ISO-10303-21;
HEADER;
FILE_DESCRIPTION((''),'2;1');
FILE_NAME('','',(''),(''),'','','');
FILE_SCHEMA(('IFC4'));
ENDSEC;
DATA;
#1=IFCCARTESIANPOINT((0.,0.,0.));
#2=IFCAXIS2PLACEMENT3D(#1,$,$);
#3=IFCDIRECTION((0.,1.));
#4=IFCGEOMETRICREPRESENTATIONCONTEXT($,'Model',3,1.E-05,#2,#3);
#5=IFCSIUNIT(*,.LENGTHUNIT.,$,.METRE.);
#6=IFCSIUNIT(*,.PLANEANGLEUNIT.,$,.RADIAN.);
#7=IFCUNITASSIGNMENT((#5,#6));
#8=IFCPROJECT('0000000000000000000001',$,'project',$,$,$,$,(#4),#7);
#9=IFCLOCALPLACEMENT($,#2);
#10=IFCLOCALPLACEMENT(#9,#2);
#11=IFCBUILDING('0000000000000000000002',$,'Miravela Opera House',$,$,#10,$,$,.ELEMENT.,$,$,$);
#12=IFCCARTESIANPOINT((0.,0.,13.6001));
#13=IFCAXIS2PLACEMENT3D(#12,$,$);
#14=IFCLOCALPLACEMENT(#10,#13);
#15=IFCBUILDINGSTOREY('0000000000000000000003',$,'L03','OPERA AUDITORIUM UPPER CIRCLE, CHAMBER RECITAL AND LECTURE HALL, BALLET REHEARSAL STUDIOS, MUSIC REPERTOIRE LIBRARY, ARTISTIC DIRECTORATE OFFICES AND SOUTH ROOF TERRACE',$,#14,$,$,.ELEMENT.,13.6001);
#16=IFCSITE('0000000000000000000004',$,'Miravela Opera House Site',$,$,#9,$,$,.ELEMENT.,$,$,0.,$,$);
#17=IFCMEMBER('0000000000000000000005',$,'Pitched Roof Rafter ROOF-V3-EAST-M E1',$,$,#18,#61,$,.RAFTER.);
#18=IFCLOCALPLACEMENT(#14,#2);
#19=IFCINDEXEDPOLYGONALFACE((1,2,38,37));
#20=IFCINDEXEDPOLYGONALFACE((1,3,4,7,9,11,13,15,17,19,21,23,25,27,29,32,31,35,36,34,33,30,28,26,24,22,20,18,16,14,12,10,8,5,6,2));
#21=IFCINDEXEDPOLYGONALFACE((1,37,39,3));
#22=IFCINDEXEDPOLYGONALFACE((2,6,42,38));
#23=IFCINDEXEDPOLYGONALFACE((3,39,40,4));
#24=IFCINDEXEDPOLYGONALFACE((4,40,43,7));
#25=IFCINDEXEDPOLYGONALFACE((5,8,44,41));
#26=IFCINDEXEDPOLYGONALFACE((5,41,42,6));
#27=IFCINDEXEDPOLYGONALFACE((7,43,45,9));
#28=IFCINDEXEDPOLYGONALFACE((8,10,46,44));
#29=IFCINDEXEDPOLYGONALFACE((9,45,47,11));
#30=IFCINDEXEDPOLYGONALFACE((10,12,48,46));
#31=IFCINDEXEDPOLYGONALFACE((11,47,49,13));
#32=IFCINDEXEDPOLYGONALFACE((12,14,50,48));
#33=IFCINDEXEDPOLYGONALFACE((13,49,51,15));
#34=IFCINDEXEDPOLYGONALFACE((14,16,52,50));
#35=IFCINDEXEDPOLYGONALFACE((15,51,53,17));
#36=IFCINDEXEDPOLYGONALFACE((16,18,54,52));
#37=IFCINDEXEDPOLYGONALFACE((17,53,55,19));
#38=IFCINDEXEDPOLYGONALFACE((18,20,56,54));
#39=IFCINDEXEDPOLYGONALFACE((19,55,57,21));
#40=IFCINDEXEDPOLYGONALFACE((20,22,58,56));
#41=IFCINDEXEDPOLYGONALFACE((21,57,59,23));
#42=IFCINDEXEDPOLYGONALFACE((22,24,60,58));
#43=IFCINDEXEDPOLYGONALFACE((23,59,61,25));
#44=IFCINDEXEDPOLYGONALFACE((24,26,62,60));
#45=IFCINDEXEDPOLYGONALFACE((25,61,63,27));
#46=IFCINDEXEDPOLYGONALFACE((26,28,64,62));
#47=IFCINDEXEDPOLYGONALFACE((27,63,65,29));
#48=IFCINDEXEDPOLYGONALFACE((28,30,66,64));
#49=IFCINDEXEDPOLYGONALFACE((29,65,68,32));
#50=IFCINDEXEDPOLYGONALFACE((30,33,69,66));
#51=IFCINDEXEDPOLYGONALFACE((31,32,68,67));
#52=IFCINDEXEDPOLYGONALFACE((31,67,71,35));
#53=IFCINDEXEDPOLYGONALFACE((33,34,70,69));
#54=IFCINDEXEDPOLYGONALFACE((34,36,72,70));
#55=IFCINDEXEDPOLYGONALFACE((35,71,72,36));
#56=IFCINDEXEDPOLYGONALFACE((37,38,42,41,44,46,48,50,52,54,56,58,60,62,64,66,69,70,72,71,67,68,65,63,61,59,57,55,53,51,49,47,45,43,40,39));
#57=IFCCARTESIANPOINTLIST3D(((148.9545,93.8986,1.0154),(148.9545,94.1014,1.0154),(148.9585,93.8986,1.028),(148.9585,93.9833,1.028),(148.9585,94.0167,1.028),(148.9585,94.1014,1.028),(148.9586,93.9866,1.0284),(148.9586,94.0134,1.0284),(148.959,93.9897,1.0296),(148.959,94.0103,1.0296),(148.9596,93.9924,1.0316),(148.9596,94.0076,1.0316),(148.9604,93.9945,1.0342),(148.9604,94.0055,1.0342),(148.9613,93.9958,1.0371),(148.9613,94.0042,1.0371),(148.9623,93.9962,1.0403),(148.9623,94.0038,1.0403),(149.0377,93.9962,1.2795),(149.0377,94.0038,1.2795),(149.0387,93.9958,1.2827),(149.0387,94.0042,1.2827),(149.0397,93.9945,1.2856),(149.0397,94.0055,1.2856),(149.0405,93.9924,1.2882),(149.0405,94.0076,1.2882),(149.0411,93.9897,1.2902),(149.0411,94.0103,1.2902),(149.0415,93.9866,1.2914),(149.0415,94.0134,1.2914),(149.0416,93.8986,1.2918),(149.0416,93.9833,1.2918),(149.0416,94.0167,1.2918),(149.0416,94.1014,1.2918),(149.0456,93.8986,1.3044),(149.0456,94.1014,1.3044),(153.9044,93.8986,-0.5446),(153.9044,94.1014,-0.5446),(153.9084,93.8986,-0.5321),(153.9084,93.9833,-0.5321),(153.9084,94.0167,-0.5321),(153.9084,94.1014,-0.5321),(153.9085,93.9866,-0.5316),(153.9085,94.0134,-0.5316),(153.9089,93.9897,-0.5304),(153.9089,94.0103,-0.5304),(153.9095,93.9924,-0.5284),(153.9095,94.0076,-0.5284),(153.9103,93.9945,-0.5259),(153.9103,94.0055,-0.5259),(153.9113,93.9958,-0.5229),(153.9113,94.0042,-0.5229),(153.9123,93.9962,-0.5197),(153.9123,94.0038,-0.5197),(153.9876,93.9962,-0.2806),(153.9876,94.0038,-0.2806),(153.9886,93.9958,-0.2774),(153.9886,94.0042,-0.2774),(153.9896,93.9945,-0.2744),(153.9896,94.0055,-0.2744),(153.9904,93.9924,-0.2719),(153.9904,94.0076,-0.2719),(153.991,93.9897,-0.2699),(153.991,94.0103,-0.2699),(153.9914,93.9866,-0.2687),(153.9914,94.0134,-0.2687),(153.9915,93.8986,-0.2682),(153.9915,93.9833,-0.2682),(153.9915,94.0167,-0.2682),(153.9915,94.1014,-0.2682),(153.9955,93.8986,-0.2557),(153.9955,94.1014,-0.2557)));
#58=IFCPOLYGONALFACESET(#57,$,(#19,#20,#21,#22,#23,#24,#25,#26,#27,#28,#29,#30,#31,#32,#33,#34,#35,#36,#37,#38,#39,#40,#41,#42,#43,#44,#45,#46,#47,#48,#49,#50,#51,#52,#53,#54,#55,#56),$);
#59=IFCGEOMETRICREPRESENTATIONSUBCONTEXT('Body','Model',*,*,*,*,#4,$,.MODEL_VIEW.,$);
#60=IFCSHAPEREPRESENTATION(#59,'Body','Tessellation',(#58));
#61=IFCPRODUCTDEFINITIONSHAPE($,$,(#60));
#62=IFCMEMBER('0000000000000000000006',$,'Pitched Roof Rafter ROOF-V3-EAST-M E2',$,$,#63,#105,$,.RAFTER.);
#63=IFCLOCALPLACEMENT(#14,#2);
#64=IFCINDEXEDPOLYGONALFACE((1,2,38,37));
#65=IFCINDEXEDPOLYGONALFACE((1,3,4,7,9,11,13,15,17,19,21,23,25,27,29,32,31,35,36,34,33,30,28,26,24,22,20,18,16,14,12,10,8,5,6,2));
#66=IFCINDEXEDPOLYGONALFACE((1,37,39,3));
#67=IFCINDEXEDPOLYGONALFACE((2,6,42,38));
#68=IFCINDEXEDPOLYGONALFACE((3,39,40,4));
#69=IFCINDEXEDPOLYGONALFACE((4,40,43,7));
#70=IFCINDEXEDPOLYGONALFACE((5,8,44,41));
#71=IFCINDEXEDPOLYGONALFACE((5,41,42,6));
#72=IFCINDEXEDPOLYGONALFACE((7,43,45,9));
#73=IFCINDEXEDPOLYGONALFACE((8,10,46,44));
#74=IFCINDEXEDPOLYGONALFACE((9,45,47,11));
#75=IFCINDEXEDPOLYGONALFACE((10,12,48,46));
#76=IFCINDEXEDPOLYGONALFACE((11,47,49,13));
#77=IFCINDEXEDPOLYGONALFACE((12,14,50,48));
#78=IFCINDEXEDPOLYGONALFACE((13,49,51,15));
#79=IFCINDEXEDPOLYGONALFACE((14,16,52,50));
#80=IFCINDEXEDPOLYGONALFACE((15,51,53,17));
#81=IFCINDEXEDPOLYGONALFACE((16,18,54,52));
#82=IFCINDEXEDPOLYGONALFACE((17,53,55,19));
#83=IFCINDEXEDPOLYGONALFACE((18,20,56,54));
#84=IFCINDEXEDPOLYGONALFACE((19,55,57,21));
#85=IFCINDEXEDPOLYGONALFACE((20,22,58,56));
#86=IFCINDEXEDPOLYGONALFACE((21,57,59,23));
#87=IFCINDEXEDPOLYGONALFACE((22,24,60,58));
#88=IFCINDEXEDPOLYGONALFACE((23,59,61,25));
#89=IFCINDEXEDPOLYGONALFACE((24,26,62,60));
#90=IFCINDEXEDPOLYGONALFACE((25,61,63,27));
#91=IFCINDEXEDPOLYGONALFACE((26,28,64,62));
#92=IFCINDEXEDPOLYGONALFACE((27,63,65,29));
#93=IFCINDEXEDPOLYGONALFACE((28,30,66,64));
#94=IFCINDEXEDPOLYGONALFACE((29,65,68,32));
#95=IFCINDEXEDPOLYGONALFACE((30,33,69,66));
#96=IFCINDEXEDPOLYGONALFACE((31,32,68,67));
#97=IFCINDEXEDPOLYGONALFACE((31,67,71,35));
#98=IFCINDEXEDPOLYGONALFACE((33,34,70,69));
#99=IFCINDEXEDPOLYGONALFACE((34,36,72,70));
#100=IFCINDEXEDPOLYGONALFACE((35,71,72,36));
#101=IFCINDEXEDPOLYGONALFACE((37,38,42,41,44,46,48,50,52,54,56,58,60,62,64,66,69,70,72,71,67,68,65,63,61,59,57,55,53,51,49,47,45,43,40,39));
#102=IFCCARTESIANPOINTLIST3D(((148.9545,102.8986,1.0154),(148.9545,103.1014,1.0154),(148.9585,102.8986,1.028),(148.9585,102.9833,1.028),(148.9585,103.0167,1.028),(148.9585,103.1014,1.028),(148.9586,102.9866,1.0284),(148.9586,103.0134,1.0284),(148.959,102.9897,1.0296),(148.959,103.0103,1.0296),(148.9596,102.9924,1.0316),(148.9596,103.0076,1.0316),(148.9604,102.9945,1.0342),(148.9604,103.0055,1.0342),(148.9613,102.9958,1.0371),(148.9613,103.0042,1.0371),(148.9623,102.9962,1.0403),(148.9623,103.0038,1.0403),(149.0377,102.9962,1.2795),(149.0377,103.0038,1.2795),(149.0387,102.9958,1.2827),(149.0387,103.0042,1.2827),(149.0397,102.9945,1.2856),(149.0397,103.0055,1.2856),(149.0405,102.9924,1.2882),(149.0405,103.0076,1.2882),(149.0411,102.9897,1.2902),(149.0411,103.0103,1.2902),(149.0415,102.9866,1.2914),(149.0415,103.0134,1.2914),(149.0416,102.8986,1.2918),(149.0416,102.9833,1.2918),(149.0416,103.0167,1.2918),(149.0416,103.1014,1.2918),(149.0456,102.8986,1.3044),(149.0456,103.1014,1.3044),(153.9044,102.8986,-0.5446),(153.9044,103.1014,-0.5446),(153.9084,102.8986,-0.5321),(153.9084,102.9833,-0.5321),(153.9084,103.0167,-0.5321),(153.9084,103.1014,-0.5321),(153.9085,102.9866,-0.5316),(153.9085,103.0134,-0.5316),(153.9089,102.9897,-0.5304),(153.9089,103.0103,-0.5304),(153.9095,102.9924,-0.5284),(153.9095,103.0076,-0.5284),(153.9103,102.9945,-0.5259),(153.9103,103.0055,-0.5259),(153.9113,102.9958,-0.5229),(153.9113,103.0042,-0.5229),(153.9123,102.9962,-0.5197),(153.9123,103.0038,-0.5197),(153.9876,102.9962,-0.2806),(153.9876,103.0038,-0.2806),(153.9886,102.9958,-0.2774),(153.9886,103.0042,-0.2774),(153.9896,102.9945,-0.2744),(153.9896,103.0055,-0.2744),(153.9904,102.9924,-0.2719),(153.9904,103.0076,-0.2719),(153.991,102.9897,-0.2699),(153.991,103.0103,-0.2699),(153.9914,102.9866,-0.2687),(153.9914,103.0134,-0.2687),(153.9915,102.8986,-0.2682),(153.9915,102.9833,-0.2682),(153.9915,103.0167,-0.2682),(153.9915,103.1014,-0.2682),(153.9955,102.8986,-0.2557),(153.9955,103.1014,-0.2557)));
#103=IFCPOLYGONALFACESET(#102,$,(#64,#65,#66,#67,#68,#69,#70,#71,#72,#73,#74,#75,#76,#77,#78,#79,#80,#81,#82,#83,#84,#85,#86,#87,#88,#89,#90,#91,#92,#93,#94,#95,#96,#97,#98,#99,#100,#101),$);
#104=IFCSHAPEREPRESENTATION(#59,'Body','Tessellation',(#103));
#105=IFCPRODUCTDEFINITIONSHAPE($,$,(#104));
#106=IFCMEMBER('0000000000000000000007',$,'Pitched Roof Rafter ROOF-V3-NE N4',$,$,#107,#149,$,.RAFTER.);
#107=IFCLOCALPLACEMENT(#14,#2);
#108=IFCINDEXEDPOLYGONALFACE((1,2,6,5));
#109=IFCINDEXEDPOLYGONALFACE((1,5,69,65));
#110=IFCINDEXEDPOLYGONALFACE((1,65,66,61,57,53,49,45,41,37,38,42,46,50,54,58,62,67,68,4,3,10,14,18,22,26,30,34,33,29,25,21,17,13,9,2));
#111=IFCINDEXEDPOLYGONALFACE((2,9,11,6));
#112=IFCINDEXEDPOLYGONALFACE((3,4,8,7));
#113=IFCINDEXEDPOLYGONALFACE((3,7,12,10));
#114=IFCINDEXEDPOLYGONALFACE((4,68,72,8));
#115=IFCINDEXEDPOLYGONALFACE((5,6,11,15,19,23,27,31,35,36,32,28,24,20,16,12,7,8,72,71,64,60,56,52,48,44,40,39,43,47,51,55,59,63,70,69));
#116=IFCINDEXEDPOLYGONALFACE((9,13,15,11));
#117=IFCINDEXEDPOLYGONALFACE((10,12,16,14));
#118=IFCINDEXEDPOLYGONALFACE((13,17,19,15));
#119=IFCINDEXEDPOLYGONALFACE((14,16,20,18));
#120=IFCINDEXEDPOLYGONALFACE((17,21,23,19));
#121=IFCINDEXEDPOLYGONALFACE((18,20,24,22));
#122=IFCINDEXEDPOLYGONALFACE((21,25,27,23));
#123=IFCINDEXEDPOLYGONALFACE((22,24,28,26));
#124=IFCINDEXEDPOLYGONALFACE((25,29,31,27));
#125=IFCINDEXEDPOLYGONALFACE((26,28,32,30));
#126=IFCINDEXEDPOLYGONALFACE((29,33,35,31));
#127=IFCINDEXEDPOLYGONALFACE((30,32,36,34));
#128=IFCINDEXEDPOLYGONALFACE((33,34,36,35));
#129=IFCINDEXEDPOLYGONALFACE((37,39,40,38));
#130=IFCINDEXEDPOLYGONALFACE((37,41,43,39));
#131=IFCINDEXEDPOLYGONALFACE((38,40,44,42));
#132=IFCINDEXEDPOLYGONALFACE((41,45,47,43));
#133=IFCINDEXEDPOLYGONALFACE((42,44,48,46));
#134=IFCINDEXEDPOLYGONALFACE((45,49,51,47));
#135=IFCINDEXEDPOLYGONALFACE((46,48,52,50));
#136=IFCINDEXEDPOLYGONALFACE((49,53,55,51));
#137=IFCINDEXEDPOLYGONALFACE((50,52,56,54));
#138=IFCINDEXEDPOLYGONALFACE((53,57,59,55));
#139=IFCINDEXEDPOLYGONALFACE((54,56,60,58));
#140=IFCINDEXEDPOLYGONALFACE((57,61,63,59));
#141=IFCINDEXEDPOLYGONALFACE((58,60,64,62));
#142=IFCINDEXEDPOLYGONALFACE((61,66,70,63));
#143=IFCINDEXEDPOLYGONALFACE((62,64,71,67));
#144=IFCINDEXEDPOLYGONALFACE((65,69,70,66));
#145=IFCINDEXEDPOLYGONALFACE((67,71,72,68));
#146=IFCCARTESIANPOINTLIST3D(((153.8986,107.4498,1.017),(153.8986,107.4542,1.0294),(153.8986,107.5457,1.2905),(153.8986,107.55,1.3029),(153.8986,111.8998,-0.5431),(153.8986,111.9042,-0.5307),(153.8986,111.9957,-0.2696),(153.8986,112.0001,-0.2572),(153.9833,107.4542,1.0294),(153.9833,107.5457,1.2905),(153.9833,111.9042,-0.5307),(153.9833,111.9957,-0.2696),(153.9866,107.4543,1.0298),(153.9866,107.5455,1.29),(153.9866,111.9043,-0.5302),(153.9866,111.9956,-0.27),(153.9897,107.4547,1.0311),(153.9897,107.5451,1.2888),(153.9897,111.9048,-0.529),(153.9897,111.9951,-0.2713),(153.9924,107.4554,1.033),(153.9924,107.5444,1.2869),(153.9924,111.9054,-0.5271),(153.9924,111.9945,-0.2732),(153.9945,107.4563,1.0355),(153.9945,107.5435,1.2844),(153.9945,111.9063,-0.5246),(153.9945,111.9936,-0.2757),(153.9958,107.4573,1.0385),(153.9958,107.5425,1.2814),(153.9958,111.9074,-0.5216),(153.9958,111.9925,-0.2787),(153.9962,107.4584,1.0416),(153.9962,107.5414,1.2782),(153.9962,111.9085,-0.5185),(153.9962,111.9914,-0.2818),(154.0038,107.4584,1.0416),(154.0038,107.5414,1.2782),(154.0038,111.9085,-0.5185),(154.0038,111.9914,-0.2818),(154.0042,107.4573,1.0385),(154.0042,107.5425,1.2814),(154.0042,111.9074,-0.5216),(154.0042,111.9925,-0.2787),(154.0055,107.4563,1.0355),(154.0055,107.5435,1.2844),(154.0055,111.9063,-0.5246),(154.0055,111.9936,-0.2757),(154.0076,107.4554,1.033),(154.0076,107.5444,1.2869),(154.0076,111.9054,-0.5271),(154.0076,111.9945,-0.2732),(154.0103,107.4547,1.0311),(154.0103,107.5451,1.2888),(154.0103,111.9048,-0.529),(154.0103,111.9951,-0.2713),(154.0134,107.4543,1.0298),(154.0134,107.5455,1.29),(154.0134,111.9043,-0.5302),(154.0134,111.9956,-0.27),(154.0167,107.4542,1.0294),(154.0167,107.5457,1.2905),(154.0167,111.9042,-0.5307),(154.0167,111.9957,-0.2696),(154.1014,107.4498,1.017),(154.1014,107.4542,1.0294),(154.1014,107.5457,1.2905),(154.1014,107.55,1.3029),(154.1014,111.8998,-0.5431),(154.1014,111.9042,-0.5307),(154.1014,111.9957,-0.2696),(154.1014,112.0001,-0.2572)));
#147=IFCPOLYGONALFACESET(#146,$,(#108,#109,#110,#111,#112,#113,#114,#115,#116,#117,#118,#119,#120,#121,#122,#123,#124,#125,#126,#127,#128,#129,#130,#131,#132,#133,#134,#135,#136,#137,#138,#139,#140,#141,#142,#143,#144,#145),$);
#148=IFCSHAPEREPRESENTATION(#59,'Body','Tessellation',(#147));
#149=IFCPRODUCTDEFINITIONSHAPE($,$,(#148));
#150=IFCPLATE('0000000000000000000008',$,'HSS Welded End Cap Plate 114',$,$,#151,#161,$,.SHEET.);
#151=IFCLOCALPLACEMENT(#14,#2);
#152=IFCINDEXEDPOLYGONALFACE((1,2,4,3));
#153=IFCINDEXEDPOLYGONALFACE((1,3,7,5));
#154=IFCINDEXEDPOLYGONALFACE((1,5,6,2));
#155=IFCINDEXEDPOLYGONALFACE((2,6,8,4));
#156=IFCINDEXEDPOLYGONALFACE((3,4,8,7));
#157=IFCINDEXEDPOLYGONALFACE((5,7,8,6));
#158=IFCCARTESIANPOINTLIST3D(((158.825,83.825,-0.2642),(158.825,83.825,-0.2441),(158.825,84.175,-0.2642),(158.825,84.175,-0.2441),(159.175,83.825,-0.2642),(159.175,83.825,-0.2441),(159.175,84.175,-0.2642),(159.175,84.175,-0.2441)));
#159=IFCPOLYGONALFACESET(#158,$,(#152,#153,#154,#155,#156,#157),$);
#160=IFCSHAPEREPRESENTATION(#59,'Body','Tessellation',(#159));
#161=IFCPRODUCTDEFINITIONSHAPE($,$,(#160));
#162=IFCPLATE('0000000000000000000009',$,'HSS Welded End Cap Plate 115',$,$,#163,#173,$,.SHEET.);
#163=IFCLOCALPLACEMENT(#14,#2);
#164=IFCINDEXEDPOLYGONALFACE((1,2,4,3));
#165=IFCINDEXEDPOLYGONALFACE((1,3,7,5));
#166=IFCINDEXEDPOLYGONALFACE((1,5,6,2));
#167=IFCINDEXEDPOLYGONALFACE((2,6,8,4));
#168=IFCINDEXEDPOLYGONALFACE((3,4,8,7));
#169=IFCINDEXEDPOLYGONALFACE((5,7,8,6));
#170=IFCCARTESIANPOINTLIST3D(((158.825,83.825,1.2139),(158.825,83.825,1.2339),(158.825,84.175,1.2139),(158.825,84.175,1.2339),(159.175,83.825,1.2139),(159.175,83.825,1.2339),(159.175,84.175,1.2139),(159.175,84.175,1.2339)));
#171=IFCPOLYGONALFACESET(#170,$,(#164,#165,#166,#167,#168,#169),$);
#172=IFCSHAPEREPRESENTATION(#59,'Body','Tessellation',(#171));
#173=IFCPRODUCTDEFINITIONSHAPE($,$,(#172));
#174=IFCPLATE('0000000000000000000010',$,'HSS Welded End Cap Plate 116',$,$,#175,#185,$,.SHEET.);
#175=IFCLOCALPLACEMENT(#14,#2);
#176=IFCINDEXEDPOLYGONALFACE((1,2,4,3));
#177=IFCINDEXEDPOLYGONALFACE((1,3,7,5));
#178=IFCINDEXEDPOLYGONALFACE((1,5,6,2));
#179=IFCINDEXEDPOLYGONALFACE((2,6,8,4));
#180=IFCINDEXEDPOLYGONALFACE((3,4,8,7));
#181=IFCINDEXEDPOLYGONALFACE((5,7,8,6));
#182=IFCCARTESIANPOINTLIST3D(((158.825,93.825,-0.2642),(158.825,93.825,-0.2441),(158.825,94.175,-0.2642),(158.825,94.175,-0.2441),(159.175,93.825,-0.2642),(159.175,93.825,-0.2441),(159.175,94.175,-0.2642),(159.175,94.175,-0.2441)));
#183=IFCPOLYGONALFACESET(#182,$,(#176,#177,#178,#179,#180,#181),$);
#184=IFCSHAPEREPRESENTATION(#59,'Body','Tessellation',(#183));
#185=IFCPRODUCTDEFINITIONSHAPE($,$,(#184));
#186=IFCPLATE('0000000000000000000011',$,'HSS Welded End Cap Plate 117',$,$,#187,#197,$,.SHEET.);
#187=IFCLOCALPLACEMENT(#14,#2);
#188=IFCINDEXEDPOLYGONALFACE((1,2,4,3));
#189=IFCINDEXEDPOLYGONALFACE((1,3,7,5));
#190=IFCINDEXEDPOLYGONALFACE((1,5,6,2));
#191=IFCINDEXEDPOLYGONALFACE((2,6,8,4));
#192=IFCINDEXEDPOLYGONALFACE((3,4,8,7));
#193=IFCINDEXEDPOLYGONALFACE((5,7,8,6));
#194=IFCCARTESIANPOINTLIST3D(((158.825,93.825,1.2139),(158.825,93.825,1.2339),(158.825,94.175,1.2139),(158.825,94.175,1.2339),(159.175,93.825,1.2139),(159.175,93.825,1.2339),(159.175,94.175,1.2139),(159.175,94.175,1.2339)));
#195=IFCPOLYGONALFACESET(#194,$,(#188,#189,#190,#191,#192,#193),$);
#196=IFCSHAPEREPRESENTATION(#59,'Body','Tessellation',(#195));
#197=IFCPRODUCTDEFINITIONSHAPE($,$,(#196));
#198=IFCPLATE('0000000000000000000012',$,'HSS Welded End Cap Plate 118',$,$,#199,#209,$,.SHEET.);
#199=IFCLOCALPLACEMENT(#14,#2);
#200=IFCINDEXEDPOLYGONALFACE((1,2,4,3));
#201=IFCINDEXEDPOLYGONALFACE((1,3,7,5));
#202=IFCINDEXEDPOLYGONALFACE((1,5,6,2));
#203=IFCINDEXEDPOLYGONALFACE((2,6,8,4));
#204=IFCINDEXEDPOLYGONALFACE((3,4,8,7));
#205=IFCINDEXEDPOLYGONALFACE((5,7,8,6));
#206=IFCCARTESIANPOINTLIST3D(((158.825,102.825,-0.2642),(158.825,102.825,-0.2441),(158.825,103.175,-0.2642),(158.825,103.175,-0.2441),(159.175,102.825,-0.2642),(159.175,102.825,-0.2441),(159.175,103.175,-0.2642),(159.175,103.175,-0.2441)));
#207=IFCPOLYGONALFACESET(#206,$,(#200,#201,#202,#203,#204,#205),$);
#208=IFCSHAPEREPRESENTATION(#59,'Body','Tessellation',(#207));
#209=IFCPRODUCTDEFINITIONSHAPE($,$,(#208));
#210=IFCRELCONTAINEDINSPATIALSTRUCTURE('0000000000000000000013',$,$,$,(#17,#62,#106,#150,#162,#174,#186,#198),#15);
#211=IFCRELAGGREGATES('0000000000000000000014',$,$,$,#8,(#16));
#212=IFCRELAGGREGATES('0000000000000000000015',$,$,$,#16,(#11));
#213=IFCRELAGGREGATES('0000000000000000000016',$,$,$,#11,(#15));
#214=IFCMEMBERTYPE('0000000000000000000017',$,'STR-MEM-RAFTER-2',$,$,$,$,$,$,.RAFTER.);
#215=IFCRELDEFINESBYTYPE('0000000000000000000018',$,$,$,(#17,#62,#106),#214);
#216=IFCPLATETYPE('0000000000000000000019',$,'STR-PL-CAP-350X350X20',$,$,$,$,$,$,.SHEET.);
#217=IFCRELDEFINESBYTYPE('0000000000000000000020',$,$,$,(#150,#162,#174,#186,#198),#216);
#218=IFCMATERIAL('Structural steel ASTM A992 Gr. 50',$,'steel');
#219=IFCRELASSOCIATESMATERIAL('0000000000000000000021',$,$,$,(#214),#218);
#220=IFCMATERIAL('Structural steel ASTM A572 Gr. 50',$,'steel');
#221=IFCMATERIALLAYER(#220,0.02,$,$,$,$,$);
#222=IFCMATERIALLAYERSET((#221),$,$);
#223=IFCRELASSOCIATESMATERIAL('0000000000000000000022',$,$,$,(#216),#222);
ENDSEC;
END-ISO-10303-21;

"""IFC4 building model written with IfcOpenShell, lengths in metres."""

from ifc_helpers import new_model, si_unit, direction, frame, origin, origin_2d, place, context, subcontext, project, spatial, rectangle, i_section, extrude, material, layer, layer_set, material_profile, profile_set, type_object, element, save


model = new_model("IFC4")

# Units and contexts
model_context = context("Model", 3, precision=1e-05, world=origin(), true_north=direction((0.0, 1.0)))
body_context = subcontext(model_context, "Body", "Model", "MODEL_VIEW")
ifc_project = project(units=[si_unit("LENGTHUNIT", "METRE"), si_unit("PLANEANGLEUNIT", "RADIAN")], contexts=[model_context])

# Site, building, storey
site_placement = place(None, origin())
site = spatial("IfcSite", under=ifc_project, at=site_placement, Name="Miravela Opera House Site", CompositionType="ELEMENT", RefElevation=0.0)
building_placement = place(site_placement, origin())
building = spatial("IfcBuilding", under=site, at=building_placement, Name="Miravela Opera House", CompositionType="ELEMENT")
storey_placement = place(building_placement, frame((0.0, 0.0, 13.6001)))
storey = spatial("IfcBuildingStorey", under=building, at=storey_placement, Name="L03", Description="OPERA AUDITORIUM UPPER CIRCLE, CHAMBER RECITAL AND LECTURE HALL, BALLET REHEARSAL STUDIOS, MUSIC REPERTOIRE LIBRARY, ARTISTIC DIRECTORATE OFFICES AND SOUTH ROOF TERRACE", CompositionType="ELEMENT", Elevation=13.6001)

# Members
ifc_material_1 = material(Name="Structural steel ASTM A992 Gr. 50", Category="steel")
ifc_material_profile_1 = material_profile(ifc_material_1, i_section(OverallWidth=0.2029, OverallDepth=0.303, WebThickness=0.0076, FlangeThickness=0.0132, FilletRadius=0.0129, at=origin_2d()), Name="W310X60")
ifc_profile_set_1 = profile_set([ifc_material_profile_1])
member_type_1 = type_object("IfcMemberType", Name="STR-MEM-RAFTER-2", PredefinedType="RAFTER", material=ifc_profile_set_1)
for number, where, z_axis, x_axis, name in (
    (1, (153.95, 94.0, -0.4001), (-0.953753, 0.0, 0.300591), (0.0, -1.0, 0.0), "Pitched Roof Rafter ROOF-V3-EAST-M E1"),
    (2, (153.95, 103.0, -0.4001), (-0.953753, 0.0, 0.300591), (0.0, -1.0, 0.0), "Pitched Roof Rafter ROOF-V3-EAST-M E2"),
):
    element("IfcMember", number, at=place(storey_placement, frame(where, z_axis=z_axis, x_axis=x_axis)), inside=storey, type_object=member_type_1, Name=name, PredefinedType="RAFTER", context=body_context, shape_type="SweptSolid", body=[
        extrude(i_section(OverallWidth=0.2029, OverallDepth=0.303, WebThickness=0.0076, FlangeThickness=0.0132, FilletRadius=0.0129, at=origin_2d()), origin(), (0.0, 0.0, 1.0), 5.1899),
    ])
member_1_placement = place(storey_placement, frame((154.0, 111.95, -0.4001), z_axis=(0.0, -0.943688, 0.330837), x_axis=(1.0, 0.0, 0.0)))
element("IfcMember", 3, at=member_1_placement, inside=storey, type_object=member_type_1, Name="Pitched Roof Rafter ROOF-V3-NE N4", PredefinedType="RAFTER", context=body_context, shape_type="SweptSolid", body=[
    extrude(i_section(OverallWidth=0.2029, OverallDepth=0.303, WebThickness=0.0076, FlangeThickness=0.0132, FilletRadius=0.0129, at=origin_2d()), origin(), (0.0, 0.0, 1.0), 4.7156),
])

# Plates
ifc_material_2 = material(Name="Structural steel ASTM A572 Gr. 50", Category="steel")
ifc_layer_1 = layer(ifc_material_2, 0.02)
ifc_layer_set_1 = layer_set([ifc_layer_1])
plate_type = type_object("IfcPlateType", Name="STR-PL-CAP-350X350X20", PredefinedType="SHEET", material=ifc_layer_set_1)
for number, where, z_axis, x_axis, name in (
    (4, (159.0, 84.0, -0.2642), (0.0, 0.0, 1.0), (1.0, 0.0, 0.0), "HSS Welded End Cap Plate 114"),
    (5, (159.0, 84.0, 1.2139), (0.0, 0.0, 1.0), (1.0, 0.0, 0.0), "HSS Welded End Cap Plate 115"),
    (6, (159.0, 94.0, -0.2642), (0.0, 0.0, 1.0), (1.0, 0.0, 0.0), "HSS Welded End Cap Plate 116"),
    (7, (159.0, 94.0, 1.2139), (0.0, 0.0, 1.0), (1.0, 0.0, 0.0), "HSS Welded End Cap Plate 117"),
    (8, (159.0, 103.0, -0.2642), (0.0, 0.0, 1.0), (1.0, 0.0, 0.0), "HSS Welded End Cap Plate 118"),
):
    element("IfcPlate", number, at=place(storey_placement, frame(where, z_axis=z_axis, x_axis=x_axis)), inside=storey, type_object=plate_type, Name=name, PredefinedType="SHEET", context=body_context, shape_type="SweptSolid", body=[
        extrude(rectangle(XDim=0.3501, YDim=0.3501, at=origin_2d()), origin(), (0.0, 0.0, 1.0), 0.02),
    ])

save(model, "model.ifc")
